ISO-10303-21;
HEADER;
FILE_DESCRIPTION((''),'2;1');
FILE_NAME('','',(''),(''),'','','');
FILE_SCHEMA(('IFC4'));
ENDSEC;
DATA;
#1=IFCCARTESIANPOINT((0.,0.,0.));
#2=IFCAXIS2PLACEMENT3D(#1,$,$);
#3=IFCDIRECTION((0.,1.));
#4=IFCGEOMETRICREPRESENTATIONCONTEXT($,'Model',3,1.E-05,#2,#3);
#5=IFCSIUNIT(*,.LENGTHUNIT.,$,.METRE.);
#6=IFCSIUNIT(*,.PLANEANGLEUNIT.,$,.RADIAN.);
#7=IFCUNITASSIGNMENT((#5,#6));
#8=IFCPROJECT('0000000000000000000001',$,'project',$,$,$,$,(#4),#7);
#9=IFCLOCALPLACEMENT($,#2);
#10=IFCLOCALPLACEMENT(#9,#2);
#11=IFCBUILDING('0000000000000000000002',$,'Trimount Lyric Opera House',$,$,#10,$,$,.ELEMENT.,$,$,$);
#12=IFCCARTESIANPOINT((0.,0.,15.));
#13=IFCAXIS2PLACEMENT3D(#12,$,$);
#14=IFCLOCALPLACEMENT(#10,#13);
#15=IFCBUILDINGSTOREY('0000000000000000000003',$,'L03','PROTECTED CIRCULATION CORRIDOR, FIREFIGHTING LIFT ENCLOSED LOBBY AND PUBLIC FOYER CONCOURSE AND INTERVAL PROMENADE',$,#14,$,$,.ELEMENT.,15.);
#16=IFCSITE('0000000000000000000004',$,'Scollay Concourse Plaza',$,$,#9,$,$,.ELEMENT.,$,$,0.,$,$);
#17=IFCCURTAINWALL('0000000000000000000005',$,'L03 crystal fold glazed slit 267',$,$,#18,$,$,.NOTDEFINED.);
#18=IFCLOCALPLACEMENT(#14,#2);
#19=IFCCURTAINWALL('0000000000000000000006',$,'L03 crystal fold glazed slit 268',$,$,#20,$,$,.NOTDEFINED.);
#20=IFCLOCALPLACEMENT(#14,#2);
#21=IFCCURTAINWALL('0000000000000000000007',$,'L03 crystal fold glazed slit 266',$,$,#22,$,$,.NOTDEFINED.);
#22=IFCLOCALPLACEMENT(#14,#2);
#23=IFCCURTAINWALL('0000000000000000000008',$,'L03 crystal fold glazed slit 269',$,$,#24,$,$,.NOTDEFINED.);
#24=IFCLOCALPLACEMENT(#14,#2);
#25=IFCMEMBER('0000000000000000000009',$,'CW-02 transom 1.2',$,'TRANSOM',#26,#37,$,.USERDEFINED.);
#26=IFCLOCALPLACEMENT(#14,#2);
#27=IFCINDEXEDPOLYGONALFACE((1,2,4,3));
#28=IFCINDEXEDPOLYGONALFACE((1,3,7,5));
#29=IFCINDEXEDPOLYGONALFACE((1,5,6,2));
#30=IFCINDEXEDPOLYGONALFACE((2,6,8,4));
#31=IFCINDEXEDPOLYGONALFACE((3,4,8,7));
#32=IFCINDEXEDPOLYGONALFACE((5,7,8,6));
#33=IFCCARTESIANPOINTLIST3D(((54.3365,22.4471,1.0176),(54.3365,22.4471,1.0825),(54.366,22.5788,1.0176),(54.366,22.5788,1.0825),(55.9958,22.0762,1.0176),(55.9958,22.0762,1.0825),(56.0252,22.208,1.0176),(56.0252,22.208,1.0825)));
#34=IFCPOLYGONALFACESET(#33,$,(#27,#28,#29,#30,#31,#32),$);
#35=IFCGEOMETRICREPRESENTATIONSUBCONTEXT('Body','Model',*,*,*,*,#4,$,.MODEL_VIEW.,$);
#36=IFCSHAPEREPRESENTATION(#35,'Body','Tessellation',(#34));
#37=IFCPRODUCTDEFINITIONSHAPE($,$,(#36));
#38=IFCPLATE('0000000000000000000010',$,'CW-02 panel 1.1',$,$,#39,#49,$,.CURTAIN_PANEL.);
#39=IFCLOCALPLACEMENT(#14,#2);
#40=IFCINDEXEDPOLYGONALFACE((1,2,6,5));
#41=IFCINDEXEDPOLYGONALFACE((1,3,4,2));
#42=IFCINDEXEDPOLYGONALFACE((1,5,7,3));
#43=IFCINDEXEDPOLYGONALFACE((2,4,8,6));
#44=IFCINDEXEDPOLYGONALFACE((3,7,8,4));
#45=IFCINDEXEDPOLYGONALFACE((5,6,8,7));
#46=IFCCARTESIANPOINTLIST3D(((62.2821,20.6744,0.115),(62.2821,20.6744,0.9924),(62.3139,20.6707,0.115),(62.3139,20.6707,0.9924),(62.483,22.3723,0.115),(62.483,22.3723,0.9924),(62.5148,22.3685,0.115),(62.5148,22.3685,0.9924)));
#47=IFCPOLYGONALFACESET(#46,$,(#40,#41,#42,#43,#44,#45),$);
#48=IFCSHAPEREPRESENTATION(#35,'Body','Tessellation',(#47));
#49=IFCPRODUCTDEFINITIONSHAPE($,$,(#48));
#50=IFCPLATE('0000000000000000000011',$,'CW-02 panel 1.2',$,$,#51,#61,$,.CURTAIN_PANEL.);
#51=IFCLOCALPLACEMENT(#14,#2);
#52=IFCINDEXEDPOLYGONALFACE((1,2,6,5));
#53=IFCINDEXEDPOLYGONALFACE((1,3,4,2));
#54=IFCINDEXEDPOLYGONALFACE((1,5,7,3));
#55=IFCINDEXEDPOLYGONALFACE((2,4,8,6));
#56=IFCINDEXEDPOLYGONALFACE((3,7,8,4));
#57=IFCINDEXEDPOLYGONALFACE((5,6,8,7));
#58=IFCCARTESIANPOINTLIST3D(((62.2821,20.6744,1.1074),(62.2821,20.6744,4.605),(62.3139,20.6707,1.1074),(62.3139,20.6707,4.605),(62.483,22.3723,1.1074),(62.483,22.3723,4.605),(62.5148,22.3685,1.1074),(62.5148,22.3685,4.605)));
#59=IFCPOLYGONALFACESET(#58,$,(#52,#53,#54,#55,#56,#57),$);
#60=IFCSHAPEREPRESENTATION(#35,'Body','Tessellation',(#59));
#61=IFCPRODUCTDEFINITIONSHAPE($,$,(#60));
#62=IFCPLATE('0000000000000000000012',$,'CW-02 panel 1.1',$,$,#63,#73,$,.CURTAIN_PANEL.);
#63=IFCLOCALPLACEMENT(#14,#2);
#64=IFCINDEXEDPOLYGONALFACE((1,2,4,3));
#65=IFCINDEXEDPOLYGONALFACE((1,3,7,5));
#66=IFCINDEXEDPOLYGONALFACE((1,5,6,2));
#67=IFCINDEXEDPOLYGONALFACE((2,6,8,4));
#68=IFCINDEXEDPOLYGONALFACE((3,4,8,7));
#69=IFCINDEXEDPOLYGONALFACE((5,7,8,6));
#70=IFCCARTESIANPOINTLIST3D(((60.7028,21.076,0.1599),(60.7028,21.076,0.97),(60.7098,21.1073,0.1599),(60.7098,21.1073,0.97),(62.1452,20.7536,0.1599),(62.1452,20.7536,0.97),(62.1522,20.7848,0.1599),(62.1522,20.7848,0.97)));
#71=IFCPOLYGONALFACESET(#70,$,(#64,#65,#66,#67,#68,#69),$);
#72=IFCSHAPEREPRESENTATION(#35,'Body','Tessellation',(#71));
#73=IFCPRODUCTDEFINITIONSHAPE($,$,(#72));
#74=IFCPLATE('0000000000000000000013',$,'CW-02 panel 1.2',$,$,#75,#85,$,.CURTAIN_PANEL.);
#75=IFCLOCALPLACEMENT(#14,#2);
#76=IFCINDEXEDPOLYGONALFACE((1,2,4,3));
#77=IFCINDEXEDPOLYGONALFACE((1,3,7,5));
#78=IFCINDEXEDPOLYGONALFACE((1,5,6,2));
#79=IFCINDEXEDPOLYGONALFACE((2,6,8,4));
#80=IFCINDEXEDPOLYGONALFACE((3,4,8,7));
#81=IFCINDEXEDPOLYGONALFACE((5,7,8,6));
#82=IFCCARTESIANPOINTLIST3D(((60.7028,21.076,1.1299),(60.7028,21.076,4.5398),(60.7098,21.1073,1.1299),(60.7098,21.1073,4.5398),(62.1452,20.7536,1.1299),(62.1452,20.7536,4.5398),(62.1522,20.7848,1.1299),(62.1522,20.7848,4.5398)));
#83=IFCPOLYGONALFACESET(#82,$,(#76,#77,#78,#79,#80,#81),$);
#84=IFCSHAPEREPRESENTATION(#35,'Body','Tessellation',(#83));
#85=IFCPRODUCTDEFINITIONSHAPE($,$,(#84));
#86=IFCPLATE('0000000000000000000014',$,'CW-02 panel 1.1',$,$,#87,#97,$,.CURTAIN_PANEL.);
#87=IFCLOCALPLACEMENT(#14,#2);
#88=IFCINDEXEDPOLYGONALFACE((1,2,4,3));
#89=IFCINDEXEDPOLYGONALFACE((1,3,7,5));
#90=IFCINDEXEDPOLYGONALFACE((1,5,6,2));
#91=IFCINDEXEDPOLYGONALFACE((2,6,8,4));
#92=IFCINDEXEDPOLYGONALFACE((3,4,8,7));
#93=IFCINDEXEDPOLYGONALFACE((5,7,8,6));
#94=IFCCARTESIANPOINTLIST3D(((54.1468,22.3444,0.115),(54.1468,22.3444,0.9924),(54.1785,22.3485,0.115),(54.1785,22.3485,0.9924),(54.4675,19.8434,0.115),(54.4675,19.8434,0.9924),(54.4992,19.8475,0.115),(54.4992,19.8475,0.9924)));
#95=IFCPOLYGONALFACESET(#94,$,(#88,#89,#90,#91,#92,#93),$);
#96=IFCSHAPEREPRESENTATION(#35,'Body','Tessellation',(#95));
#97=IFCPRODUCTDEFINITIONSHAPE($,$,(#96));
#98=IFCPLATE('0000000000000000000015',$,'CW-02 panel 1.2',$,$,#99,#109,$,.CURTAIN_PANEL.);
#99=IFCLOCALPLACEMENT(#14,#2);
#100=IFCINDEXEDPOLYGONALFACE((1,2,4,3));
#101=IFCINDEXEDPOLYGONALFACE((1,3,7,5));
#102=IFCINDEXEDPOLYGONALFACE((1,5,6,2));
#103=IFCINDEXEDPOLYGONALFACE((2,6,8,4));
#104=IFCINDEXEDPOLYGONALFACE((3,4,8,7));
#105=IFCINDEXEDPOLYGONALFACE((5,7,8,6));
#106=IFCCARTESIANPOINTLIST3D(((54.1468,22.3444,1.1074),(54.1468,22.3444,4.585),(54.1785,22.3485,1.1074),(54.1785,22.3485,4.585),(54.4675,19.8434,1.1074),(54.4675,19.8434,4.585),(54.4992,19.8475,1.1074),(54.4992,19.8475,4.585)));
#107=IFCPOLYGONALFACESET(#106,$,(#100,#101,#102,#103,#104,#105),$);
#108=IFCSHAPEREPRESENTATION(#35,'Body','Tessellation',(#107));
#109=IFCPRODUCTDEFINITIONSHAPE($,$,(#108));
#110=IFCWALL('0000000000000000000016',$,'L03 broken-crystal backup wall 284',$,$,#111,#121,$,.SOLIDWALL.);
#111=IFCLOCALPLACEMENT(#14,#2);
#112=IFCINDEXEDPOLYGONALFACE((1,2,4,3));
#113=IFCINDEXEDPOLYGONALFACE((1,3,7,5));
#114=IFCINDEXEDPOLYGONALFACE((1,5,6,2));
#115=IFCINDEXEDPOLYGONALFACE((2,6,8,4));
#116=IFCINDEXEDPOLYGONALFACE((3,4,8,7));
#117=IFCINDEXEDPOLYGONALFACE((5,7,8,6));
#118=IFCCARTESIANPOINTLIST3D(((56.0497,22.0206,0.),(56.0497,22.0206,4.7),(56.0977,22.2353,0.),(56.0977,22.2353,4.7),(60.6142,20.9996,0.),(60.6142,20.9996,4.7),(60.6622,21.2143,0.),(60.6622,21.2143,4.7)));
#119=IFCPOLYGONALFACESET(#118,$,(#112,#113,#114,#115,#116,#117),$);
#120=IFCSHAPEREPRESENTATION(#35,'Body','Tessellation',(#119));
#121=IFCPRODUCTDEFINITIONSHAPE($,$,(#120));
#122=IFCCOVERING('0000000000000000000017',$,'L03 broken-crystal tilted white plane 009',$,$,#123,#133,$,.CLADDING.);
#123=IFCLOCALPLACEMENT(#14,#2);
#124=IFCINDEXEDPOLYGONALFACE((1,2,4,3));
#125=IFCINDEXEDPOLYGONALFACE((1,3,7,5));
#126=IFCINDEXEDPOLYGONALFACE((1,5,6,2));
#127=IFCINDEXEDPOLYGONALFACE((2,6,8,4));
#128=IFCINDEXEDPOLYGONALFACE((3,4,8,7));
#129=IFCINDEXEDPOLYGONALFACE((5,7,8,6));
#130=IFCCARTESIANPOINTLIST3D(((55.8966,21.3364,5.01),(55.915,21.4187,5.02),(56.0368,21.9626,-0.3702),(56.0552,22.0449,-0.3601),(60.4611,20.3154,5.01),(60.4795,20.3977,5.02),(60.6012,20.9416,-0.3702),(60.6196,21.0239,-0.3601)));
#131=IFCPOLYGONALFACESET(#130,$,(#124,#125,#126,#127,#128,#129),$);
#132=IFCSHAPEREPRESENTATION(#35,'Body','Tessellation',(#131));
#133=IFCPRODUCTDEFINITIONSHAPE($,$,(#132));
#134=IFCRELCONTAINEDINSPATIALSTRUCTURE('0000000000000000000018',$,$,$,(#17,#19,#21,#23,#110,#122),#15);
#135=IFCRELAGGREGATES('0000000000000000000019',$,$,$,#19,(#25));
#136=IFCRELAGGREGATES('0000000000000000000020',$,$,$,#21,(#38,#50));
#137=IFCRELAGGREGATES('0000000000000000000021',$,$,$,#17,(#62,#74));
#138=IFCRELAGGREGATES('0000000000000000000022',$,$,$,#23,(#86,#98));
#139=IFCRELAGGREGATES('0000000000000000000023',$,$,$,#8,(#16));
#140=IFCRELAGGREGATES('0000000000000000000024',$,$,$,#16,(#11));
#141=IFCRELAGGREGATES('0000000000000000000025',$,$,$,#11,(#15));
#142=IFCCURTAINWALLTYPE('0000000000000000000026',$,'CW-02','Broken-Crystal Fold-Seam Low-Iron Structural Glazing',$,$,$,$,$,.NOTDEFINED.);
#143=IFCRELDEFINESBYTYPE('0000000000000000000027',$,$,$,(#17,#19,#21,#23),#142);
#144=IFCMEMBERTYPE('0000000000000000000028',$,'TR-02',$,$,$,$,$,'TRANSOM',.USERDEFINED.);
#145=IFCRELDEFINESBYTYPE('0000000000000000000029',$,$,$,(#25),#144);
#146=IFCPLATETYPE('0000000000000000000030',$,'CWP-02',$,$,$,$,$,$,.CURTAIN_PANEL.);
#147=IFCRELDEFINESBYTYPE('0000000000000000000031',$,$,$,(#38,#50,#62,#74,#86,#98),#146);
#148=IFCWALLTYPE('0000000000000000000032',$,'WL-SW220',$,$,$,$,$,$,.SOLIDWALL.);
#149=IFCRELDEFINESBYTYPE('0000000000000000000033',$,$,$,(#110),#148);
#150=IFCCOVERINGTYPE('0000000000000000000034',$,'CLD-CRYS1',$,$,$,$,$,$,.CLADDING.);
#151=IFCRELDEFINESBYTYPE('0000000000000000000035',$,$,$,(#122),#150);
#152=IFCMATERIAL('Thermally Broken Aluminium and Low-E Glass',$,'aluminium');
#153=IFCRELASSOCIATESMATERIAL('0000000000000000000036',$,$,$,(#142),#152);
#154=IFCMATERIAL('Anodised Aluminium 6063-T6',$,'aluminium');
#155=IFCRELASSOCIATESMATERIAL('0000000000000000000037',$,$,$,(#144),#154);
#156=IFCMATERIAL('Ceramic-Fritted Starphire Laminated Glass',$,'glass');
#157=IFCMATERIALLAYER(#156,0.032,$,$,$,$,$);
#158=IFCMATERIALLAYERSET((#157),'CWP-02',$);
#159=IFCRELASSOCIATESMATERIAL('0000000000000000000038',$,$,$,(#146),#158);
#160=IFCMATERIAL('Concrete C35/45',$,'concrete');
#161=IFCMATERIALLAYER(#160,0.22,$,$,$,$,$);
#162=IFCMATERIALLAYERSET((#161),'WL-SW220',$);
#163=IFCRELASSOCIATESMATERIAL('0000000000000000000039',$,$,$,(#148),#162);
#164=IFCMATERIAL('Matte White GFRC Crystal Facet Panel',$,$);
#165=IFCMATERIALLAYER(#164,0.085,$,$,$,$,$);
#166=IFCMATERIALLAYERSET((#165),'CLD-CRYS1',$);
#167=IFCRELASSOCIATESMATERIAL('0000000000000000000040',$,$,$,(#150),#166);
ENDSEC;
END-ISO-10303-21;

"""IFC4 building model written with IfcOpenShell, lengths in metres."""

from ifc_helpers import new_model, si_unit, direction, frame, frame_2d, origin, origin_2d, place, context, subcontext, project, spatial, polyline, rectangle, outline, extrude, material, layer, layer_set, material_profile, profile_set, type_object, element, aggregate, save


model = new_model("IFC4")

# Units and contexts
model_context = context("Model", 3, precision=1e-05, world=origin(), true_north=direction((0.0, 1.0)))
body_context = subcontext(model_context, "Body", "Model", "MODEL_VIEW")
ifc_project = project(units=[si_unit("LENGTHUNIT", "METRE"), si_unit("PLANEANGLEUNIT", "RADIAN")], contexts=[model_context])

# Site, building, storey
site_placement = place(None, origin())
site = spatial("IfcSite", under=ifc_project, at=site_placement, Name="Scollay Concourse Plaza", CompositionType="ELEMENT", RefElevation=0.0)
building_placement = place(site_placement, origin())
building = spatial("IfcBuilding", under=site, at=building_placement, Name="Trimount Lyric Opera House", CompositionType="ELEMENT")
storey_placement = place(building_placement, frame((0.0, 0.0, 15.0)))
storey = spatial("IfcBuildingStorey", under=building, at=storey_placement, Name="L03", Description="PROTECTED CIRCULATION CORRIDOR, FIREFIGHTING LIFT ENCLOSED LOBBY AND PUBLIC FOYER CONCOURSE AND INTERVAL PROMENADE", CompositionType="ELEMENT", Elevation=15.0)

# Curtain wall
ifc_material_1 = material(Name="Thermally Broken Aluminium and Low-E Glass", Category="aluminium")
curtain_wall_type = type_object("IfcCurtainWallType", Name="CW-02", Description="Broken-Crystal Fold-Seam Low-Iron Structural Glazing", PredefinedType="NOTDEFINED", material=ifc_material_1)
curtain_wall_1_placement = place(storey_placement, origin())
curtain_wall_1 = element("IfcCurtainWall", 1, at=curtain_wall_1_placement, inside=storey, type_object=curtain_wall_type, Name="L03 crystal fold glazed slit 267", PredefinedType="NOTDEFINED")

# Curtain walls
curtain_wall_2_placement = place(storey_placement, origin())
curtain_wall_2 = element("IfcCurtainWall", 2, at=curtain_wall_2_placement, inside=storey, type_object=curtain_wall_type, Name="L03 crystal fold glazed slit 268", PredefinedType="NOTDEFINED")
curtain_wall_3_placement = place(storey_placement, origin())
curtain_wall_3 = element("IfcCurtainWall", 3, at=curtain_wall_3_placement, inside=storey, type_object=curtain_wall_type, Name="L03 crystal fold glazed slit 266", PredefinedType="NOTDEFINED")
curtain_wall_4_placement = place(storey_placement, origin())
curtain_wall_4 = element("IfcCurtainWall", 4, at=curtain_wall_4_placement, inside=storey, type_object=curtain_wall_type, Name="L03 crystal fold glazed slit 269", PredefinedType="NOTDEFINED")

# Member
ifc_material_2 = material(Name="Anodised Aluminium 6063-T6", Category="aluminium")
ifc_material_profile_1 = material_profile(ifc_material_2, rectangle(XDim=0.135, YDim=0.0649, at=origin_2d()), Name="ALU-TRAN-65X135")
ifc_profile_set_1 = profile_set([ifc_material_profile_1], Name="Anodised Aluminium 6063-T6")
member_type_1 = type_object("IfcMemberType", Name="TR-02", ElementType="TRANSOM", PredefinedType="USERDEFINED", material=ifc_profile_set_1)
member_1_placement = place(storey_placement, frame((56.0105, 22.1421, 1.05), z_axis=(-0.975919, 0.218131, 0.0), x_axis=(-0.218131, -0.975919, 0.0)))
member_1 = element("IfcMember", 5, at=member_1_placement, type_object=member_type_1, Name="CW-02 transom 1.2", ObjectType="TRANSOM", PredefinedType="USERDEFINED", context=body_context, shape_type="SweptSolid", body=[
    extrude(rectangle(XDim=0.135, YDim=0.0649, at=origin_2d()), origin(), (0.0, 0.0, 1.0), 1.7002),
])
aggregate(curtain_wall_2, [member_1])

# Plates
ifc_material_3 = material(Name="Ceramic-Fritted Starphire Laminated Glass", Category="glass")
ifc_layer_1 = layer(ifc_material_3, 0.032)
ifc_layer_set_1 = layer_set([ifc_layer_1], Name="CWP-02")
plate_type = type_object("IfcPlateType", Name="CWP-02", PredefinedType="CURTAIN_PANEL", material=ifc_layer_set_1)
plate_1_placement = place(storey_placement, frame((62.3984, 21.5215, 0.115), z_axis=(0.0, 0.0, 1.0), x_axis=(-0.117507, -0.993072, 0.0)))
plate_1 = element("IfcPlate", 6, at=plate_1_placement, type_object=plate_type, Name="CW-02 panel 1.1", PredefinedType="CURTAIN_PANEL", context=body_context, shape_type="SweptSolid", body=[
    extrude(rectangle(XDim=1.7097, YDim=0.032, at=origin_2d()), origin(), (0.0, 0.0, 1.0), 0.8774),
])
plate_2_placement = place(storey_placement, frame((62.3984, 21.5215, 1.1074), z_axis=(0.0, 0.0, 1.0), x_axis=(-0.117507, -0.993072, 0.0)))
plate_2 = element("IfcPlate", 7, at=plate_2_placement, type_object=plate_type, Name="CW-02 panel 1.2", PredefinedType="CURTAIN_PANEL", context=body_context, shape_type="SweptSolid", body=[
    extrude(rectangle(XDim=1.7097, YDim=0.032, at=origin_2d()), origin(), (0.0, 0.0, 1.0), 3.4976),
])
aggregate(curtain_wall_3, [plate_1, plate_2])
plate_3_placement = place(storey_placement, frame((61.4275, 20.9304, 0.1599), z_axis=(0.0, 0.0, 1.0), x_axis=(-0.97591, 0.218174, 0.0)))
plate_3 = element("IfcPlate", 8, at=plate_3_placement, type_object=plate_type, Name="CW-02 panel 1.1", PredefinedType="CURTAIN_PANEL", context=body_context, shape_type="SweptSolid", body=[
    extrude(rectangle(XDim=1.478, YDim=0.032, at=origin_2d()), origin(), (0.0, 0.0, 1.0), 0.8101),
])
plate_4_placement = place(storey_placement, frame((61.4275, 20.9304, 1.1299), z_axis=(0.0, 0.0, 1.0), x_axis=(-0.97591, 0.218174, 0.0)))
plate_4 = element("IfcPlate", 9, at=plate_4_placement, type_object=plate_type, Name="CW-02 panel 1.2", PredefinedType="CURTAIN_PANEL", context=body_context, shape_type="SweptSolid", body=[
    extrude(rectangle(XDim=1.478, YDim=0.032, at=origin_2d()), origin(), (0.0, 0.0, 1.0), 3.4099),
])
aggregate(curtain_wall_1, [plate_3, plate_4])
plate_5_placement = place(storey_placement, frame((54.323, 21.0959, 0.115), z_axis=(0.0, 0.0, 1.0), x_axis=(0.127203, -0.991877, 0.0)))
plate_5 = element("IfcPlate", 10, at=plate_5_placement, type_object=plate_type, Name="CW-02 panel 1.1", PredefinedType="CURTAIN_PANEL", context=body_context, shape_type="SweptSolid", body=[
    extrude(rectangle(XDim=2.5215, YDim=0.032, at=origin_2d()), origin(), (0.0, 0.0, 1.0), 0.8774),
])
plate_6_placement = place(storey_placement, frame((54.323, 21.0959, 1.1074), z_axis=(0.0, 0.0, 1.0), x_axis=(0.127203, -0.991877, 0.0)))
plate_6 = element("IfcPlate", 11, at=plate_6_placement, type_object=plate_type, Name="CW-02 panel 1.2", PredefinedType="CURTAIN_PANEL", context=body_context, shape_type="SweptSolid", body=[
    extrude(rectangle(XDim=2.5215, YDim=0.032, at=origin_2d()), origin(), (0.0, 0.0, 1.0), 3.4775),
])
aggregate(curtain_wall_4, [plate_5, plate_6])

# Wall
ifc_material_4 = material(Name="Concrete C35/45", Category="concrete")
ifc_layer_2 = layer(ifc_material_4, 0.22)
ifc_layer_set_2 = layer_set([ifc_layer_2], Name="WL-SW220")
wall_type = type_object("IfcWallType", Name="WL-SW220", PredefinedType="SOLIDWALL", material=ifc_layer_set_2)
wall_placement = place(storey_placement, frame((60.6382, 21.1069, 0.0), z_axis=(0.0, 0.0, 1.0), x_axis=(-0.975884, 0.21829, 0.0)))
element("IfcWall", 12, at=wall_placement, inside=storey, type_object=wall_type, Name="L03 broken-crystal backup wall 284", PredefinedType="SOLIDWALL", context=body_context, shape_type="SweptSolid", body=[
    extrude(rectangle(XDim=4.6772, YDim=0.22, at=frame_2d((2.3386, 0.0))), origin(), (0.0, 0.0, 1.0), 4.7),
])

# Covering
ifc_material_5 = material(Name="Matte White GFRC Crystal Facet Panel")
ifc_layer_3 = layer(ifc_material_5, 0.085)
ifc_layer_set_3 = layer_set([ifc_layer_3], Name="CLD-CRYS1")
covering_type = type_object("IfcCoveringType", Name="CLD-CRYS1", PredefinedType="CLADDING", material=ifc_layer_set_3)
covering_placement = place(storey_placement, frame((60.6196, 21.0239, -0.3601), z_axis=(0.216753, 0.969016, 0.118435), x_axis=(-0.975884, 0.21829, 0.0)))
element("IfcCovering", 13, at=covering_placement, inside=storey, type_object=covering_type, Name="L03 broken-crystal tilted white plane 009", PredefinedType="CLADDING", context=body_context, shape_type="SweptSolid", body=[
    extrude(outline(polyline([(0.0, 0.0), (4.6772, 0.0), (4.6773, 5.4183), (0.0001, 5.4183), (0.0, 0.0)])), origin(), (0.0, 0.0, -1.0), 0.085),
])

save(model, "model.ifc")
